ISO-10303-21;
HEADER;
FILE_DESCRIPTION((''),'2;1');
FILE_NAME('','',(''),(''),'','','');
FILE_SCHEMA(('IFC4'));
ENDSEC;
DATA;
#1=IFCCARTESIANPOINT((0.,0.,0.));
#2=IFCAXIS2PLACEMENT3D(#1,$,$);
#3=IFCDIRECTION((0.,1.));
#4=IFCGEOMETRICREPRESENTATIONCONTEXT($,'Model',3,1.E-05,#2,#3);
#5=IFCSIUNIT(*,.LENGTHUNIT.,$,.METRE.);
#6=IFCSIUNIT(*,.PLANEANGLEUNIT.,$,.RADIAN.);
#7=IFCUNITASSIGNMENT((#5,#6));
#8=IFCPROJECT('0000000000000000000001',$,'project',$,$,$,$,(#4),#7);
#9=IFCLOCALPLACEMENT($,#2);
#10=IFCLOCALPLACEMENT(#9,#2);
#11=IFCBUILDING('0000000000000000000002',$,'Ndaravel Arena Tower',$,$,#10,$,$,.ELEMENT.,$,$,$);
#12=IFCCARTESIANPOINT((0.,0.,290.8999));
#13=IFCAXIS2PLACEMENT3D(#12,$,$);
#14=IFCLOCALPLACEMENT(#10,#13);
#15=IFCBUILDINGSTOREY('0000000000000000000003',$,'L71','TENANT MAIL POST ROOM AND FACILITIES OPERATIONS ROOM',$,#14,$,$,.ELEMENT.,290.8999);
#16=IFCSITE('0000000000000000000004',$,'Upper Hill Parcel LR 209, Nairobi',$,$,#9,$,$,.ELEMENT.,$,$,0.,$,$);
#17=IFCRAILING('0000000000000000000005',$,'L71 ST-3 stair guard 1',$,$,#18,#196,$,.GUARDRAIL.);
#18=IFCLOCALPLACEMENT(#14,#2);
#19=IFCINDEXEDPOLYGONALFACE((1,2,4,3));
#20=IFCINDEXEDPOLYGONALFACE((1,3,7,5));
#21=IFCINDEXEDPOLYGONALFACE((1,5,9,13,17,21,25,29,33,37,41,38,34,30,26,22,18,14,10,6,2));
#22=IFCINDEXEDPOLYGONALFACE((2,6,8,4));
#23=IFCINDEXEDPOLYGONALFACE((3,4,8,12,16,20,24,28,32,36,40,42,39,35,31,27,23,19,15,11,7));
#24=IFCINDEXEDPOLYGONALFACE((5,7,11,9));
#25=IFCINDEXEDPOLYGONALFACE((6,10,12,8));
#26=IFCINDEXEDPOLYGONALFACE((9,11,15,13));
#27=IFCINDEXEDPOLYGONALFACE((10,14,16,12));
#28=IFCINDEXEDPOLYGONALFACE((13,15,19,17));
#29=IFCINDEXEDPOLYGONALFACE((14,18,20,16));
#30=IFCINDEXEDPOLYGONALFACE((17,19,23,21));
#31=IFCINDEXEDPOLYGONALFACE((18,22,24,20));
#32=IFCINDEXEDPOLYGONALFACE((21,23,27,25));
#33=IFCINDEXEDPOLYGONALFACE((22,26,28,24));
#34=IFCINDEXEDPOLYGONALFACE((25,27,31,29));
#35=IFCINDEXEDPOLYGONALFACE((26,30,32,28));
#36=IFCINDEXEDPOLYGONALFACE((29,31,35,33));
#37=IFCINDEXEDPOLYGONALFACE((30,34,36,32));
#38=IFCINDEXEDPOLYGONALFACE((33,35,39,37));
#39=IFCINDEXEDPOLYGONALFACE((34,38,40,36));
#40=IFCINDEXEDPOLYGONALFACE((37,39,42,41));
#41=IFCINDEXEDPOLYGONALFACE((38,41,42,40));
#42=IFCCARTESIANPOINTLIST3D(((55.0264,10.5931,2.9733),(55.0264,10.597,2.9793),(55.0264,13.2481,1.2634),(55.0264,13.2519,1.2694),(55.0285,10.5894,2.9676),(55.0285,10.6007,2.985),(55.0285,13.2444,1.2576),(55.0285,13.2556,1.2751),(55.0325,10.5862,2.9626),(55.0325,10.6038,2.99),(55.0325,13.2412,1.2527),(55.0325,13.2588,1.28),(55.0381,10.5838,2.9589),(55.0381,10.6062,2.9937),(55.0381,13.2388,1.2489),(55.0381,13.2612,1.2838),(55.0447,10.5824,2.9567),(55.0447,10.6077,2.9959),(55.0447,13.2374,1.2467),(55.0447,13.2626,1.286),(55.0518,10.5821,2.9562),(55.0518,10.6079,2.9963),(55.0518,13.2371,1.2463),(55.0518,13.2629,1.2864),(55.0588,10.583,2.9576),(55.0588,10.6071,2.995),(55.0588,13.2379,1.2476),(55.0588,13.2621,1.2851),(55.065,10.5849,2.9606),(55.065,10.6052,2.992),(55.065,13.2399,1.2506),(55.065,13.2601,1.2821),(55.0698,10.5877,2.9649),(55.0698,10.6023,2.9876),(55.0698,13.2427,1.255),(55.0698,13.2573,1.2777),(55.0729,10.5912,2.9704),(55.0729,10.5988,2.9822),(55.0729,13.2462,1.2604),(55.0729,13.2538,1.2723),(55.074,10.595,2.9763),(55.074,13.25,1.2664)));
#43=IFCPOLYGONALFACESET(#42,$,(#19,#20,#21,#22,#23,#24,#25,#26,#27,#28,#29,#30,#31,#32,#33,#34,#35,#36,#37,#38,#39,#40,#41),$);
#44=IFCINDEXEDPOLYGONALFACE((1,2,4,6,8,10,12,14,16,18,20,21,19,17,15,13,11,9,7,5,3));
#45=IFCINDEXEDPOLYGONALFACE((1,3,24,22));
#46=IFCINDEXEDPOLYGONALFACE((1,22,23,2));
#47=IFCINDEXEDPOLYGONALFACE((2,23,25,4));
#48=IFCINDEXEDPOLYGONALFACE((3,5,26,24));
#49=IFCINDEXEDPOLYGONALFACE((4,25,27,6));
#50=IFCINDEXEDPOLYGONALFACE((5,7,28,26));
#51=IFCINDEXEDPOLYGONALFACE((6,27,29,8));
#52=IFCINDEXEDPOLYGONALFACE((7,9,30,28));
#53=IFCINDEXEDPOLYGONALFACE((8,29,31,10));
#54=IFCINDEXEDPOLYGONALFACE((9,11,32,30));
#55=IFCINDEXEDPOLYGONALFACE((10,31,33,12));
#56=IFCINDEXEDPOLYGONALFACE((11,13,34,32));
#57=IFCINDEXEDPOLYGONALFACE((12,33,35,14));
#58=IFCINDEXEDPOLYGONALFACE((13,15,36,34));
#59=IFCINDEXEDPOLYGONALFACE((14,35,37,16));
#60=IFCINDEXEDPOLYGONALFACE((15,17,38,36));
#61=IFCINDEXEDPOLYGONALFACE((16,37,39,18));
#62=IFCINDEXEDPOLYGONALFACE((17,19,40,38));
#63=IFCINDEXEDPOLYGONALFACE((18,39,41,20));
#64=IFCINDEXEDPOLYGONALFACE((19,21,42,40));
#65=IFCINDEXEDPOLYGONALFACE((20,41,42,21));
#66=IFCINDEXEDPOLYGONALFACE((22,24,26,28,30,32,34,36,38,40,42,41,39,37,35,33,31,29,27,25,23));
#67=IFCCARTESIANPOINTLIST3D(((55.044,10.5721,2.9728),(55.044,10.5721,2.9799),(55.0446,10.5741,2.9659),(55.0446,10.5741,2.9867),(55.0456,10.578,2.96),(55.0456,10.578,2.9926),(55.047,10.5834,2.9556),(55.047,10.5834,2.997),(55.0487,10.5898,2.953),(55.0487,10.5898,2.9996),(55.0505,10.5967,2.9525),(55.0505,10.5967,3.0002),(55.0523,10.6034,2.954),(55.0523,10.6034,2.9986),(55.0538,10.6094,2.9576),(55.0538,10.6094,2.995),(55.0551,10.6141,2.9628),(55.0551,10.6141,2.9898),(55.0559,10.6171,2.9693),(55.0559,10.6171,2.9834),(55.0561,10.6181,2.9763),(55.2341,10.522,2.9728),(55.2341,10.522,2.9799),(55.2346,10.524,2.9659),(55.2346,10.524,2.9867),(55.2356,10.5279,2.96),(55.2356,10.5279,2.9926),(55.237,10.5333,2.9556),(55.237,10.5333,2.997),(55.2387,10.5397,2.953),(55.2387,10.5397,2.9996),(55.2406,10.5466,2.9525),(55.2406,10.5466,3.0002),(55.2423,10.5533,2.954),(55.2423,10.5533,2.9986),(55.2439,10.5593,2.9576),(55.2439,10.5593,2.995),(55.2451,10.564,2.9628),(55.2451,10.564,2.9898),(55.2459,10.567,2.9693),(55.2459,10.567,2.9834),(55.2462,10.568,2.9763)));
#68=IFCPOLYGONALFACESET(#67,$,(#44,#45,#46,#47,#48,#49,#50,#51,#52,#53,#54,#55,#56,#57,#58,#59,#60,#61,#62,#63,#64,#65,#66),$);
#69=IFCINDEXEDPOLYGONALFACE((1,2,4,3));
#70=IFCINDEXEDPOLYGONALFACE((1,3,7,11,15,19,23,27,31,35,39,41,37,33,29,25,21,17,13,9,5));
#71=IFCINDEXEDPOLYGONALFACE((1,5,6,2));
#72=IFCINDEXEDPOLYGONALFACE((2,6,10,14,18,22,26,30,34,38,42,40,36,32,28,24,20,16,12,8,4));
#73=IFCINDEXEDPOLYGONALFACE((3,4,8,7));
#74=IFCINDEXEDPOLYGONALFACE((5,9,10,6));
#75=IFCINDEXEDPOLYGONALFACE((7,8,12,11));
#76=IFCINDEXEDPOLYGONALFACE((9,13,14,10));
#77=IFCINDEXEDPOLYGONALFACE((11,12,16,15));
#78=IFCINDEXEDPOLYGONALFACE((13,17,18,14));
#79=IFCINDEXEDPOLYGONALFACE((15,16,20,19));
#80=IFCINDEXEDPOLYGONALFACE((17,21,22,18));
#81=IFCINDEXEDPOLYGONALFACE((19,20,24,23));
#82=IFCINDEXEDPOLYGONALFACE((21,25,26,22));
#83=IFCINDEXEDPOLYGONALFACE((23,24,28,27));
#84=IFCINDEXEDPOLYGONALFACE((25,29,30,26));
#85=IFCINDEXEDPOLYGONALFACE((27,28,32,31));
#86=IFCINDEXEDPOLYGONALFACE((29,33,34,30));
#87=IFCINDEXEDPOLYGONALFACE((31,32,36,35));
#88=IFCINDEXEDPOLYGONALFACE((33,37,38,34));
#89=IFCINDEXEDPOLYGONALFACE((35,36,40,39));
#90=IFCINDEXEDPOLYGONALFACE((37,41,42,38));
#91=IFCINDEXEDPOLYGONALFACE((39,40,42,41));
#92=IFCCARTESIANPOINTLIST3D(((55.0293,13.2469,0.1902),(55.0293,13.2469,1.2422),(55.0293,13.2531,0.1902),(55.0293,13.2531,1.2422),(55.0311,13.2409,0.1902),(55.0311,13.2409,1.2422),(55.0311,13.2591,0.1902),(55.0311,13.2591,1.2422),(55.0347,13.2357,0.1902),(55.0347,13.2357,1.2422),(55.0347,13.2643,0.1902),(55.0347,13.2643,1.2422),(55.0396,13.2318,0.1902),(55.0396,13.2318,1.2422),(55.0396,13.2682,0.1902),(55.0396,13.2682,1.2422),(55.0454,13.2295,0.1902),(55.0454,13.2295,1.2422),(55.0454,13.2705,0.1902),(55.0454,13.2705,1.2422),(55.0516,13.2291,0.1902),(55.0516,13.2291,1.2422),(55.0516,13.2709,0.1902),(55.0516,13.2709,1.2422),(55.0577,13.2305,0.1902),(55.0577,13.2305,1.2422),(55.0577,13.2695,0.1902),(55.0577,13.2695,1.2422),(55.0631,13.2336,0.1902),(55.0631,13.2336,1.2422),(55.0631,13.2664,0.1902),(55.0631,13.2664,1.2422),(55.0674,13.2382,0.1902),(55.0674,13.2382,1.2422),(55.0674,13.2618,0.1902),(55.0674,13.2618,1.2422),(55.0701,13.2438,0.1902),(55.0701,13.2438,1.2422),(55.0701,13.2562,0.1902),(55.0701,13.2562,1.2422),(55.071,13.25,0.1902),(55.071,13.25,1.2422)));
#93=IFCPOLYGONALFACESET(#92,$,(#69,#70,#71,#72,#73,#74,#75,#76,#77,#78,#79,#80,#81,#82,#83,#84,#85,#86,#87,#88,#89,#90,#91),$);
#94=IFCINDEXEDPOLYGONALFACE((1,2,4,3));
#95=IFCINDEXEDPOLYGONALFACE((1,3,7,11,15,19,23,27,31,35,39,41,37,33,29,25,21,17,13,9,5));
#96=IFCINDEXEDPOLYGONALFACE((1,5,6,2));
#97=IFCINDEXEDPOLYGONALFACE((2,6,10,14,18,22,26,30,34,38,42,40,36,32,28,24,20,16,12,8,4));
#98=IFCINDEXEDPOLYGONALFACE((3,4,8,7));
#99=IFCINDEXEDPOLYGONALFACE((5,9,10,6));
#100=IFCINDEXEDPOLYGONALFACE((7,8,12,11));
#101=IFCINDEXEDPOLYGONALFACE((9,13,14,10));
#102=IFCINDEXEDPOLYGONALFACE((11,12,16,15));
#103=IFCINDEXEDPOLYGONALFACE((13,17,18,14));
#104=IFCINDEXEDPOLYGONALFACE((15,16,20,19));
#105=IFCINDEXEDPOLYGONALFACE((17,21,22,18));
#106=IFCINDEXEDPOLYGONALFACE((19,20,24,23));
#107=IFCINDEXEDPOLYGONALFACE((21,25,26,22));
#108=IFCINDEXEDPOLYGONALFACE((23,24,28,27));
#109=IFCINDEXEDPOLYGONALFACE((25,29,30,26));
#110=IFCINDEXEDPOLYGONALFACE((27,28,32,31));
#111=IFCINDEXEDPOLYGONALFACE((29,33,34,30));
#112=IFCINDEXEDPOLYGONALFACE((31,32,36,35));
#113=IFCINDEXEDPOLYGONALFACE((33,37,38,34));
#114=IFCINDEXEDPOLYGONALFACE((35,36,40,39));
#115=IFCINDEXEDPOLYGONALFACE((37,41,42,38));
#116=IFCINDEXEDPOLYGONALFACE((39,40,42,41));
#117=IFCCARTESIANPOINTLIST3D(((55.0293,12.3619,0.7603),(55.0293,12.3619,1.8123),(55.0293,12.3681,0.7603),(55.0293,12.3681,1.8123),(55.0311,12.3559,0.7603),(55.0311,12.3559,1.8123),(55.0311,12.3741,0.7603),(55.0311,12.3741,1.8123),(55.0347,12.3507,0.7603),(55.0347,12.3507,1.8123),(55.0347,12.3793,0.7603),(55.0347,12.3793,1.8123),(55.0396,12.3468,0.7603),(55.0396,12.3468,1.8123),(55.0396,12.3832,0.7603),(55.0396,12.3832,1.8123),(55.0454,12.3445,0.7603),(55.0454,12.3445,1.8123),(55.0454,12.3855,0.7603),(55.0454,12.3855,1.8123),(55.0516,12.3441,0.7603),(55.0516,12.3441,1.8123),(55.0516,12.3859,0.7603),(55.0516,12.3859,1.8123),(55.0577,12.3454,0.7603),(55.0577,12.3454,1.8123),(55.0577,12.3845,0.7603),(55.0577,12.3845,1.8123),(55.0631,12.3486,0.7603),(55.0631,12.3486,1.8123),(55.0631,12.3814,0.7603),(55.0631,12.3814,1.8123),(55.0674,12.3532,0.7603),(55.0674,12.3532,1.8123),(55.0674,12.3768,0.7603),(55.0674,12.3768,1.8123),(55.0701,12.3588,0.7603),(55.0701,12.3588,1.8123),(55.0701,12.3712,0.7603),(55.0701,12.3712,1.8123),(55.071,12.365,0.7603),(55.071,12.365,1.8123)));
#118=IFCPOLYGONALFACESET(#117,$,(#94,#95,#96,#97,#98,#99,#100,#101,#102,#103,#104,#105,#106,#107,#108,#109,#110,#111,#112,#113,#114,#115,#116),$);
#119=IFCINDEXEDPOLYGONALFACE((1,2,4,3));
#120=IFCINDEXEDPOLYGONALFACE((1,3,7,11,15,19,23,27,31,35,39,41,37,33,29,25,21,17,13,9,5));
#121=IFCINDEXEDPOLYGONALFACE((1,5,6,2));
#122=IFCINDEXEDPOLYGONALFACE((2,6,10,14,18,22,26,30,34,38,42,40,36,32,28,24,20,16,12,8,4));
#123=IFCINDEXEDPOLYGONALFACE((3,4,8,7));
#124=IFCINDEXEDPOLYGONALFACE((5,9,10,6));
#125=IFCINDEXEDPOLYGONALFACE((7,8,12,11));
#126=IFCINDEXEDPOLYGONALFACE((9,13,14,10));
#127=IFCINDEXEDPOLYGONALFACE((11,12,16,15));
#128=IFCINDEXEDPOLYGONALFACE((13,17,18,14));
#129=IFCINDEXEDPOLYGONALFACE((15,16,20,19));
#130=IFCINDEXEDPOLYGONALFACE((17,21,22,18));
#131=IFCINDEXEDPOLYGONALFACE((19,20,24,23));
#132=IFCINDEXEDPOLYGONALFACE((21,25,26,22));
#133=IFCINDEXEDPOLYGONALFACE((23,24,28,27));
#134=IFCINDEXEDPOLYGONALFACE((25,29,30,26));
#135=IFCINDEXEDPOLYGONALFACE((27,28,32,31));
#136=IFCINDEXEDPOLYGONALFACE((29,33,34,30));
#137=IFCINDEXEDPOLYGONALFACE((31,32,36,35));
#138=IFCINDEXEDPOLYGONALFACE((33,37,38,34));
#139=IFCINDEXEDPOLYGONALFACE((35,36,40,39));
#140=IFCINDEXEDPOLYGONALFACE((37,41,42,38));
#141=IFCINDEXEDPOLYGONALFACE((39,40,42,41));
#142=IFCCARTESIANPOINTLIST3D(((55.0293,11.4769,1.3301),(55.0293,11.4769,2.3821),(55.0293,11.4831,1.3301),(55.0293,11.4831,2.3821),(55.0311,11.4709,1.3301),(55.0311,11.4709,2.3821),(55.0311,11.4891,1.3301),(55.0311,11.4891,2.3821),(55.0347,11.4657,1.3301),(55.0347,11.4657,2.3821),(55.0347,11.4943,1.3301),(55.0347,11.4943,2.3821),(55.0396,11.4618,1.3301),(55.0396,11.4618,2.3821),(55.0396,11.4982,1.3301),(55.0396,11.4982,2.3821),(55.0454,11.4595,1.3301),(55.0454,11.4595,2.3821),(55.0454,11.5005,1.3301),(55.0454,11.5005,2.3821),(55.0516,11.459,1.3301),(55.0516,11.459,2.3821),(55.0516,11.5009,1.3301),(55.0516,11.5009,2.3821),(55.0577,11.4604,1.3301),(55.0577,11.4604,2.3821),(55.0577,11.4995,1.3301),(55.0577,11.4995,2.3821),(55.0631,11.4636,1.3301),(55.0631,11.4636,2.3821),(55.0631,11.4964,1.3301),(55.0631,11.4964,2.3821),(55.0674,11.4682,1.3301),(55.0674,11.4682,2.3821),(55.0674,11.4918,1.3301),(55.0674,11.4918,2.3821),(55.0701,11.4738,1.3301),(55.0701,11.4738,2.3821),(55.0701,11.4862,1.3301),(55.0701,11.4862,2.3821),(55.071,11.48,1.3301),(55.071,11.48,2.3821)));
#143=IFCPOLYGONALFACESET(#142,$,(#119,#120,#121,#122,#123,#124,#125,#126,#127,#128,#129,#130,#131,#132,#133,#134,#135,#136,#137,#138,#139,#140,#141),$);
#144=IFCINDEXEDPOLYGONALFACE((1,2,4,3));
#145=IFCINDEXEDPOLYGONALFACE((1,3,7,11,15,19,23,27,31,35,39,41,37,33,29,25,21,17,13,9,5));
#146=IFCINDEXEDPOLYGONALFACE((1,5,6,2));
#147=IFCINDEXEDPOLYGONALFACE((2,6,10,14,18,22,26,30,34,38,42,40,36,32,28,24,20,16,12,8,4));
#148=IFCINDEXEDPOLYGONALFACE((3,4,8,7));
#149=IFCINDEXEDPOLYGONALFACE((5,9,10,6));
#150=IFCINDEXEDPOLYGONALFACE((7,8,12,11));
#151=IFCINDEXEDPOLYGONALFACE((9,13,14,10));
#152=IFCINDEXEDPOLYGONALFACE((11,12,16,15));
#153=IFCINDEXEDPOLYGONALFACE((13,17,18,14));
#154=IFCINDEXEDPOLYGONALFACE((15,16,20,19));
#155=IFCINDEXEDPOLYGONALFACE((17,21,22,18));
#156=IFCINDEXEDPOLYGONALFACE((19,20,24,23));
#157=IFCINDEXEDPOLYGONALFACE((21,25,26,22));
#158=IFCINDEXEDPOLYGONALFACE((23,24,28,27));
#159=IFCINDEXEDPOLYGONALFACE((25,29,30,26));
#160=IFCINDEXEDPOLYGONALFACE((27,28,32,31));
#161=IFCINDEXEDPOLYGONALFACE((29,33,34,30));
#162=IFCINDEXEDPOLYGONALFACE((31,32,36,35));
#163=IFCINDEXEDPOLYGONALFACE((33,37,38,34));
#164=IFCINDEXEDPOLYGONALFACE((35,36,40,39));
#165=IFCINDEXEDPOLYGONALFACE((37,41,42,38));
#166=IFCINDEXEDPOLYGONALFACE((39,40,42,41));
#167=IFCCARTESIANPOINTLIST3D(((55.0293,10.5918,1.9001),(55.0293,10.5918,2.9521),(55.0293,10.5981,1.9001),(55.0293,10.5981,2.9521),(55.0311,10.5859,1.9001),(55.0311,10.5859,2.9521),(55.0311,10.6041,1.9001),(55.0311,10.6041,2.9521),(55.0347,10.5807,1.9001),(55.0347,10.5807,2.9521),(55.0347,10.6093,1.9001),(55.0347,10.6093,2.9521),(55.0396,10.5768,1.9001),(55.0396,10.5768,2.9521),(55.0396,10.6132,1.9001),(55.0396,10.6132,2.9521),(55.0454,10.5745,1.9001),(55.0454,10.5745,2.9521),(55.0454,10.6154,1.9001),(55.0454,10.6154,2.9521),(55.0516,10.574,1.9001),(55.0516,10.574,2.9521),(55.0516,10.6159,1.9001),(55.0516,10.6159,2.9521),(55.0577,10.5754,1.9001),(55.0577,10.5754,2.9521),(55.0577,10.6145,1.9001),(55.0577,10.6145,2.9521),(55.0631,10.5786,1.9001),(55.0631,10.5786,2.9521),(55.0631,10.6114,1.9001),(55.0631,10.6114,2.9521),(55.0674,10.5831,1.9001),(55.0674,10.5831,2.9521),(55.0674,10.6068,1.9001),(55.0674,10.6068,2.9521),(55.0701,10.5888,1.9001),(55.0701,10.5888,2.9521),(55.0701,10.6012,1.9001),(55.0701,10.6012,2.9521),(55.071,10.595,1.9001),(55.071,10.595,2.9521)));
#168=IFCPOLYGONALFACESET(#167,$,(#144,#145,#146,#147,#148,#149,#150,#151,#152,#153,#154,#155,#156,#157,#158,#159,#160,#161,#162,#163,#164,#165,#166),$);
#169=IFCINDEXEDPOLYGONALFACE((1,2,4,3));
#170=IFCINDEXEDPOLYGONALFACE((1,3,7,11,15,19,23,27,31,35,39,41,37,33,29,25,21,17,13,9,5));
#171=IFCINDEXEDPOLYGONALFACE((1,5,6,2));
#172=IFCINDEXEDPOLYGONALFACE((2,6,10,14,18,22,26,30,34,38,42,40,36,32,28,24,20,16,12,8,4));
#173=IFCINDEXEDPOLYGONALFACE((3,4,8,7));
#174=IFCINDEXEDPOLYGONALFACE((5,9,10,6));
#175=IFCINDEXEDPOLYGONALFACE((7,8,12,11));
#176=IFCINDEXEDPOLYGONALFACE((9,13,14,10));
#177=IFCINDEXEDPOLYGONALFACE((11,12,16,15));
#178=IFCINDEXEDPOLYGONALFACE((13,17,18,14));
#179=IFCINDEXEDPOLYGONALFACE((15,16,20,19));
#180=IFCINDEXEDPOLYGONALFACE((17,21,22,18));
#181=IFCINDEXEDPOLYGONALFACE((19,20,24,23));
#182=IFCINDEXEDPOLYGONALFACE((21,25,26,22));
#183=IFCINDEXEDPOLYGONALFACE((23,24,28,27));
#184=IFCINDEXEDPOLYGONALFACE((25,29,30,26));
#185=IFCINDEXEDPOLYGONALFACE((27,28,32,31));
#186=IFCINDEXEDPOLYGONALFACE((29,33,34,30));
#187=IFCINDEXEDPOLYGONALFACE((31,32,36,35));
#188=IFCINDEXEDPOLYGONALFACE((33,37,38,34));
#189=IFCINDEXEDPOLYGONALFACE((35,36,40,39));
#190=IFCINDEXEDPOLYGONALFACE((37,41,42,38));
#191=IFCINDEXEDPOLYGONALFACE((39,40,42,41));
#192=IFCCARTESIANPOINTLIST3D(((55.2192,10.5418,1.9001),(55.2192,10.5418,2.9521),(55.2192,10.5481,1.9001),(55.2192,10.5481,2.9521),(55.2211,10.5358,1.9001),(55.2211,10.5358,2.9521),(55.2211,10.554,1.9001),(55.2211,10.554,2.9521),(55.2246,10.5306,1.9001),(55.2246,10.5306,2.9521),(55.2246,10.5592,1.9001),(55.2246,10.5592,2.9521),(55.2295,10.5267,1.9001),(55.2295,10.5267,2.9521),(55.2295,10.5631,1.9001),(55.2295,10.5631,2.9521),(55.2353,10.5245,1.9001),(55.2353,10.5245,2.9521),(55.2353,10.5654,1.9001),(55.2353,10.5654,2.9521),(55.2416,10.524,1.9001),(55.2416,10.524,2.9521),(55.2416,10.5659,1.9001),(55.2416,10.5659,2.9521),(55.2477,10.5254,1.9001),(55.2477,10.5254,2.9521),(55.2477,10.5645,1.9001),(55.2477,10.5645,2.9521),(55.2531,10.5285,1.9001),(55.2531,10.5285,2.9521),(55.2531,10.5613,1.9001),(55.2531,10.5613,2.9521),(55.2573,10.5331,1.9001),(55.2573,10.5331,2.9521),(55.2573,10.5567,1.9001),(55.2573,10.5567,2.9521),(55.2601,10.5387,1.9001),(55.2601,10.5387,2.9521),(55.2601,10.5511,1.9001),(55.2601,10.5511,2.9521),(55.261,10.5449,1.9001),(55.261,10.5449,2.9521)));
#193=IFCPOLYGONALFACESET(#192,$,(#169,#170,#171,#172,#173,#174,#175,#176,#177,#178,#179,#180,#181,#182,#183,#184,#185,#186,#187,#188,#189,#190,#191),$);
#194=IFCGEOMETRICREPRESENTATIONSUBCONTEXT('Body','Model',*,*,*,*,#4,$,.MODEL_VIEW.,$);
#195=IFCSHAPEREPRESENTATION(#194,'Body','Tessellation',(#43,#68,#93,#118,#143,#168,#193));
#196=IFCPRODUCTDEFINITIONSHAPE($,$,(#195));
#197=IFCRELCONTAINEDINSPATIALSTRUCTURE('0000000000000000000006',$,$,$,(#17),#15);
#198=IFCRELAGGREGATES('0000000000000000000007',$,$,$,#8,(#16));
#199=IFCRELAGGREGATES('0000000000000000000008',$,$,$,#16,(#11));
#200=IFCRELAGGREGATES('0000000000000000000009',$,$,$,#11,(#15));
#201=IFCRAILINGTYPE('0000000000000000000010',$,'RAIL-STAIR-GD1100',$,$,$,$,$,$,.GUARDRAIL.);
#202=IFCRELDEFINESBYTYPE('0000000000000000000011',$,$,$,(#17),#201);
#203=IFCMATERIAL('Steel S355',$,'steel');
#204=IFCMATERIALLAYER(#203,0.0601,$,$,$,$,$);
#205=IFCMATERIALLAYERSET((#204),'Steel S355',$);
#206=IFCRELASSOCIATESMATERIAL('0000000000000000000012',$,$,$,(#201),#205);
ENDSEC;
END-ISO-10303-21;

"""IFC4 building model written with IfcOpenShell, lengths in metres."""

from ifc_helpers import new_model, si_unit, direction, frame, origin, origin_2d, place, context, subcontext, project, spatial, circle, extrude, material, layer, layer_set, type_object, element, save


model = new_model("IFC4")

# Units and contexts
model_context = context("Model", 3, precision=1e-05, world=origin(), true_north=direction((0.0, 1.0)))
body_context = subcontext(model_context, "Body", "Model", "MODEL_VIEW")
ifc_project = project(units=[si_unit("LENGTHUNIT", "METRE"), si_unit("PLANEANGLEUNIT", "RADIAN")], contexts=[model_context])

# Site, building, storey
site_placement = place(None, origin())
site = spatial("IfcSite", under=ifc_project, at=site_placement, Name="Upper Hill Parcel LR 209, Nairobi", CompositionType="ELEMENT", RefElevation=0.0)
building_placement = place(site_placement, origin())
building = spatial("IfcBuilding", under=site, at=building_placement, Name="Ndaravel Arena Tower", CompositionType="ELEMENT")
storey_placement = place(building_placement, frame((0.0, 0.0, 290.8999)))
storey = spatial("IfcBuildingStorey", under=building, at=storey_placement, Name="L71", Description="TENANT MAIL POST ROOM AND FACILITIES OPERATIONS ROOM", CompositionType="ELEMENT", Elevation=290.8999)

# Railing
ifc_material_1 = material(Name="Steel S355", Category="steel")
ifc_layer_1 = layer(ifc_material_1, 0.0601)
ifc_layer_set_1 = layer_set([ifc_layer_1], Name="Steel S355")
railing_type_1 = type_object("IfcRailingType", Name="RAIL-STAIR-GD1100", PredefinedType="GUARDRAIL", material=ifc_layer_set_1)
railing_1_placement = place(storey_placement, frame((55.05, 13.25, 0.1902)))
element("IfcRailing", 1, at=railing_1_placement, inside=storey, type_object=railing_type_1, Name="L71 ST-3 stair guard 1", PredefinedType="GUARDRAIL", context=body_context, shape_type="SweptSolid", body=[
    extrude(circle(Radius=0.0239, at=origin_2d()), frame((0.0, 0.0, 1.0762), z_axis=(0.0, -0.840724, 0.541465), x_axis=(1.0, 0.0, 0.0)), (0.0, 0.0, 1.0), 3.158),
    extrude(circle(Radius=0.0239, at=origin_2d()), frame((0.0, -2.655, 2.7861), z_axis=(0.966994, -0.254799, 0.0), x_axis=(0.254799, 0.966994, 0.0)), (0.0, 0.0, 1.0), 0.1965),
    extrude(circle(Radius=0.021, at=origin_2d()), origin(), (0.0, 0.0, 1.0), 1.052),
    extrude(circle(Radius=0.021, at=origin_2d()), frame((0.0, -0.885, 0.5701)), (0.0, 0.0, 1.0), 1.052),
    extrude(circle(Radius=0.021, at=origin_2d()), frame((0.0, -1.77, 1.1399)), (0.0, 0.0, 1.0), 1.052),
    extrude(circle(Radius=0.021, at=origin_2d()), frame((0.0, -2.655, 1.71)), (0.0, 0.0, 1.0), 1.052),
    extrude(circle(Radius=0.021, at=origin_2d()), frame((0.1899, -2.7051, 1.71)), (0.0, 0.0, 1.0), 1.052),
])

save(model, "model.ifc")
